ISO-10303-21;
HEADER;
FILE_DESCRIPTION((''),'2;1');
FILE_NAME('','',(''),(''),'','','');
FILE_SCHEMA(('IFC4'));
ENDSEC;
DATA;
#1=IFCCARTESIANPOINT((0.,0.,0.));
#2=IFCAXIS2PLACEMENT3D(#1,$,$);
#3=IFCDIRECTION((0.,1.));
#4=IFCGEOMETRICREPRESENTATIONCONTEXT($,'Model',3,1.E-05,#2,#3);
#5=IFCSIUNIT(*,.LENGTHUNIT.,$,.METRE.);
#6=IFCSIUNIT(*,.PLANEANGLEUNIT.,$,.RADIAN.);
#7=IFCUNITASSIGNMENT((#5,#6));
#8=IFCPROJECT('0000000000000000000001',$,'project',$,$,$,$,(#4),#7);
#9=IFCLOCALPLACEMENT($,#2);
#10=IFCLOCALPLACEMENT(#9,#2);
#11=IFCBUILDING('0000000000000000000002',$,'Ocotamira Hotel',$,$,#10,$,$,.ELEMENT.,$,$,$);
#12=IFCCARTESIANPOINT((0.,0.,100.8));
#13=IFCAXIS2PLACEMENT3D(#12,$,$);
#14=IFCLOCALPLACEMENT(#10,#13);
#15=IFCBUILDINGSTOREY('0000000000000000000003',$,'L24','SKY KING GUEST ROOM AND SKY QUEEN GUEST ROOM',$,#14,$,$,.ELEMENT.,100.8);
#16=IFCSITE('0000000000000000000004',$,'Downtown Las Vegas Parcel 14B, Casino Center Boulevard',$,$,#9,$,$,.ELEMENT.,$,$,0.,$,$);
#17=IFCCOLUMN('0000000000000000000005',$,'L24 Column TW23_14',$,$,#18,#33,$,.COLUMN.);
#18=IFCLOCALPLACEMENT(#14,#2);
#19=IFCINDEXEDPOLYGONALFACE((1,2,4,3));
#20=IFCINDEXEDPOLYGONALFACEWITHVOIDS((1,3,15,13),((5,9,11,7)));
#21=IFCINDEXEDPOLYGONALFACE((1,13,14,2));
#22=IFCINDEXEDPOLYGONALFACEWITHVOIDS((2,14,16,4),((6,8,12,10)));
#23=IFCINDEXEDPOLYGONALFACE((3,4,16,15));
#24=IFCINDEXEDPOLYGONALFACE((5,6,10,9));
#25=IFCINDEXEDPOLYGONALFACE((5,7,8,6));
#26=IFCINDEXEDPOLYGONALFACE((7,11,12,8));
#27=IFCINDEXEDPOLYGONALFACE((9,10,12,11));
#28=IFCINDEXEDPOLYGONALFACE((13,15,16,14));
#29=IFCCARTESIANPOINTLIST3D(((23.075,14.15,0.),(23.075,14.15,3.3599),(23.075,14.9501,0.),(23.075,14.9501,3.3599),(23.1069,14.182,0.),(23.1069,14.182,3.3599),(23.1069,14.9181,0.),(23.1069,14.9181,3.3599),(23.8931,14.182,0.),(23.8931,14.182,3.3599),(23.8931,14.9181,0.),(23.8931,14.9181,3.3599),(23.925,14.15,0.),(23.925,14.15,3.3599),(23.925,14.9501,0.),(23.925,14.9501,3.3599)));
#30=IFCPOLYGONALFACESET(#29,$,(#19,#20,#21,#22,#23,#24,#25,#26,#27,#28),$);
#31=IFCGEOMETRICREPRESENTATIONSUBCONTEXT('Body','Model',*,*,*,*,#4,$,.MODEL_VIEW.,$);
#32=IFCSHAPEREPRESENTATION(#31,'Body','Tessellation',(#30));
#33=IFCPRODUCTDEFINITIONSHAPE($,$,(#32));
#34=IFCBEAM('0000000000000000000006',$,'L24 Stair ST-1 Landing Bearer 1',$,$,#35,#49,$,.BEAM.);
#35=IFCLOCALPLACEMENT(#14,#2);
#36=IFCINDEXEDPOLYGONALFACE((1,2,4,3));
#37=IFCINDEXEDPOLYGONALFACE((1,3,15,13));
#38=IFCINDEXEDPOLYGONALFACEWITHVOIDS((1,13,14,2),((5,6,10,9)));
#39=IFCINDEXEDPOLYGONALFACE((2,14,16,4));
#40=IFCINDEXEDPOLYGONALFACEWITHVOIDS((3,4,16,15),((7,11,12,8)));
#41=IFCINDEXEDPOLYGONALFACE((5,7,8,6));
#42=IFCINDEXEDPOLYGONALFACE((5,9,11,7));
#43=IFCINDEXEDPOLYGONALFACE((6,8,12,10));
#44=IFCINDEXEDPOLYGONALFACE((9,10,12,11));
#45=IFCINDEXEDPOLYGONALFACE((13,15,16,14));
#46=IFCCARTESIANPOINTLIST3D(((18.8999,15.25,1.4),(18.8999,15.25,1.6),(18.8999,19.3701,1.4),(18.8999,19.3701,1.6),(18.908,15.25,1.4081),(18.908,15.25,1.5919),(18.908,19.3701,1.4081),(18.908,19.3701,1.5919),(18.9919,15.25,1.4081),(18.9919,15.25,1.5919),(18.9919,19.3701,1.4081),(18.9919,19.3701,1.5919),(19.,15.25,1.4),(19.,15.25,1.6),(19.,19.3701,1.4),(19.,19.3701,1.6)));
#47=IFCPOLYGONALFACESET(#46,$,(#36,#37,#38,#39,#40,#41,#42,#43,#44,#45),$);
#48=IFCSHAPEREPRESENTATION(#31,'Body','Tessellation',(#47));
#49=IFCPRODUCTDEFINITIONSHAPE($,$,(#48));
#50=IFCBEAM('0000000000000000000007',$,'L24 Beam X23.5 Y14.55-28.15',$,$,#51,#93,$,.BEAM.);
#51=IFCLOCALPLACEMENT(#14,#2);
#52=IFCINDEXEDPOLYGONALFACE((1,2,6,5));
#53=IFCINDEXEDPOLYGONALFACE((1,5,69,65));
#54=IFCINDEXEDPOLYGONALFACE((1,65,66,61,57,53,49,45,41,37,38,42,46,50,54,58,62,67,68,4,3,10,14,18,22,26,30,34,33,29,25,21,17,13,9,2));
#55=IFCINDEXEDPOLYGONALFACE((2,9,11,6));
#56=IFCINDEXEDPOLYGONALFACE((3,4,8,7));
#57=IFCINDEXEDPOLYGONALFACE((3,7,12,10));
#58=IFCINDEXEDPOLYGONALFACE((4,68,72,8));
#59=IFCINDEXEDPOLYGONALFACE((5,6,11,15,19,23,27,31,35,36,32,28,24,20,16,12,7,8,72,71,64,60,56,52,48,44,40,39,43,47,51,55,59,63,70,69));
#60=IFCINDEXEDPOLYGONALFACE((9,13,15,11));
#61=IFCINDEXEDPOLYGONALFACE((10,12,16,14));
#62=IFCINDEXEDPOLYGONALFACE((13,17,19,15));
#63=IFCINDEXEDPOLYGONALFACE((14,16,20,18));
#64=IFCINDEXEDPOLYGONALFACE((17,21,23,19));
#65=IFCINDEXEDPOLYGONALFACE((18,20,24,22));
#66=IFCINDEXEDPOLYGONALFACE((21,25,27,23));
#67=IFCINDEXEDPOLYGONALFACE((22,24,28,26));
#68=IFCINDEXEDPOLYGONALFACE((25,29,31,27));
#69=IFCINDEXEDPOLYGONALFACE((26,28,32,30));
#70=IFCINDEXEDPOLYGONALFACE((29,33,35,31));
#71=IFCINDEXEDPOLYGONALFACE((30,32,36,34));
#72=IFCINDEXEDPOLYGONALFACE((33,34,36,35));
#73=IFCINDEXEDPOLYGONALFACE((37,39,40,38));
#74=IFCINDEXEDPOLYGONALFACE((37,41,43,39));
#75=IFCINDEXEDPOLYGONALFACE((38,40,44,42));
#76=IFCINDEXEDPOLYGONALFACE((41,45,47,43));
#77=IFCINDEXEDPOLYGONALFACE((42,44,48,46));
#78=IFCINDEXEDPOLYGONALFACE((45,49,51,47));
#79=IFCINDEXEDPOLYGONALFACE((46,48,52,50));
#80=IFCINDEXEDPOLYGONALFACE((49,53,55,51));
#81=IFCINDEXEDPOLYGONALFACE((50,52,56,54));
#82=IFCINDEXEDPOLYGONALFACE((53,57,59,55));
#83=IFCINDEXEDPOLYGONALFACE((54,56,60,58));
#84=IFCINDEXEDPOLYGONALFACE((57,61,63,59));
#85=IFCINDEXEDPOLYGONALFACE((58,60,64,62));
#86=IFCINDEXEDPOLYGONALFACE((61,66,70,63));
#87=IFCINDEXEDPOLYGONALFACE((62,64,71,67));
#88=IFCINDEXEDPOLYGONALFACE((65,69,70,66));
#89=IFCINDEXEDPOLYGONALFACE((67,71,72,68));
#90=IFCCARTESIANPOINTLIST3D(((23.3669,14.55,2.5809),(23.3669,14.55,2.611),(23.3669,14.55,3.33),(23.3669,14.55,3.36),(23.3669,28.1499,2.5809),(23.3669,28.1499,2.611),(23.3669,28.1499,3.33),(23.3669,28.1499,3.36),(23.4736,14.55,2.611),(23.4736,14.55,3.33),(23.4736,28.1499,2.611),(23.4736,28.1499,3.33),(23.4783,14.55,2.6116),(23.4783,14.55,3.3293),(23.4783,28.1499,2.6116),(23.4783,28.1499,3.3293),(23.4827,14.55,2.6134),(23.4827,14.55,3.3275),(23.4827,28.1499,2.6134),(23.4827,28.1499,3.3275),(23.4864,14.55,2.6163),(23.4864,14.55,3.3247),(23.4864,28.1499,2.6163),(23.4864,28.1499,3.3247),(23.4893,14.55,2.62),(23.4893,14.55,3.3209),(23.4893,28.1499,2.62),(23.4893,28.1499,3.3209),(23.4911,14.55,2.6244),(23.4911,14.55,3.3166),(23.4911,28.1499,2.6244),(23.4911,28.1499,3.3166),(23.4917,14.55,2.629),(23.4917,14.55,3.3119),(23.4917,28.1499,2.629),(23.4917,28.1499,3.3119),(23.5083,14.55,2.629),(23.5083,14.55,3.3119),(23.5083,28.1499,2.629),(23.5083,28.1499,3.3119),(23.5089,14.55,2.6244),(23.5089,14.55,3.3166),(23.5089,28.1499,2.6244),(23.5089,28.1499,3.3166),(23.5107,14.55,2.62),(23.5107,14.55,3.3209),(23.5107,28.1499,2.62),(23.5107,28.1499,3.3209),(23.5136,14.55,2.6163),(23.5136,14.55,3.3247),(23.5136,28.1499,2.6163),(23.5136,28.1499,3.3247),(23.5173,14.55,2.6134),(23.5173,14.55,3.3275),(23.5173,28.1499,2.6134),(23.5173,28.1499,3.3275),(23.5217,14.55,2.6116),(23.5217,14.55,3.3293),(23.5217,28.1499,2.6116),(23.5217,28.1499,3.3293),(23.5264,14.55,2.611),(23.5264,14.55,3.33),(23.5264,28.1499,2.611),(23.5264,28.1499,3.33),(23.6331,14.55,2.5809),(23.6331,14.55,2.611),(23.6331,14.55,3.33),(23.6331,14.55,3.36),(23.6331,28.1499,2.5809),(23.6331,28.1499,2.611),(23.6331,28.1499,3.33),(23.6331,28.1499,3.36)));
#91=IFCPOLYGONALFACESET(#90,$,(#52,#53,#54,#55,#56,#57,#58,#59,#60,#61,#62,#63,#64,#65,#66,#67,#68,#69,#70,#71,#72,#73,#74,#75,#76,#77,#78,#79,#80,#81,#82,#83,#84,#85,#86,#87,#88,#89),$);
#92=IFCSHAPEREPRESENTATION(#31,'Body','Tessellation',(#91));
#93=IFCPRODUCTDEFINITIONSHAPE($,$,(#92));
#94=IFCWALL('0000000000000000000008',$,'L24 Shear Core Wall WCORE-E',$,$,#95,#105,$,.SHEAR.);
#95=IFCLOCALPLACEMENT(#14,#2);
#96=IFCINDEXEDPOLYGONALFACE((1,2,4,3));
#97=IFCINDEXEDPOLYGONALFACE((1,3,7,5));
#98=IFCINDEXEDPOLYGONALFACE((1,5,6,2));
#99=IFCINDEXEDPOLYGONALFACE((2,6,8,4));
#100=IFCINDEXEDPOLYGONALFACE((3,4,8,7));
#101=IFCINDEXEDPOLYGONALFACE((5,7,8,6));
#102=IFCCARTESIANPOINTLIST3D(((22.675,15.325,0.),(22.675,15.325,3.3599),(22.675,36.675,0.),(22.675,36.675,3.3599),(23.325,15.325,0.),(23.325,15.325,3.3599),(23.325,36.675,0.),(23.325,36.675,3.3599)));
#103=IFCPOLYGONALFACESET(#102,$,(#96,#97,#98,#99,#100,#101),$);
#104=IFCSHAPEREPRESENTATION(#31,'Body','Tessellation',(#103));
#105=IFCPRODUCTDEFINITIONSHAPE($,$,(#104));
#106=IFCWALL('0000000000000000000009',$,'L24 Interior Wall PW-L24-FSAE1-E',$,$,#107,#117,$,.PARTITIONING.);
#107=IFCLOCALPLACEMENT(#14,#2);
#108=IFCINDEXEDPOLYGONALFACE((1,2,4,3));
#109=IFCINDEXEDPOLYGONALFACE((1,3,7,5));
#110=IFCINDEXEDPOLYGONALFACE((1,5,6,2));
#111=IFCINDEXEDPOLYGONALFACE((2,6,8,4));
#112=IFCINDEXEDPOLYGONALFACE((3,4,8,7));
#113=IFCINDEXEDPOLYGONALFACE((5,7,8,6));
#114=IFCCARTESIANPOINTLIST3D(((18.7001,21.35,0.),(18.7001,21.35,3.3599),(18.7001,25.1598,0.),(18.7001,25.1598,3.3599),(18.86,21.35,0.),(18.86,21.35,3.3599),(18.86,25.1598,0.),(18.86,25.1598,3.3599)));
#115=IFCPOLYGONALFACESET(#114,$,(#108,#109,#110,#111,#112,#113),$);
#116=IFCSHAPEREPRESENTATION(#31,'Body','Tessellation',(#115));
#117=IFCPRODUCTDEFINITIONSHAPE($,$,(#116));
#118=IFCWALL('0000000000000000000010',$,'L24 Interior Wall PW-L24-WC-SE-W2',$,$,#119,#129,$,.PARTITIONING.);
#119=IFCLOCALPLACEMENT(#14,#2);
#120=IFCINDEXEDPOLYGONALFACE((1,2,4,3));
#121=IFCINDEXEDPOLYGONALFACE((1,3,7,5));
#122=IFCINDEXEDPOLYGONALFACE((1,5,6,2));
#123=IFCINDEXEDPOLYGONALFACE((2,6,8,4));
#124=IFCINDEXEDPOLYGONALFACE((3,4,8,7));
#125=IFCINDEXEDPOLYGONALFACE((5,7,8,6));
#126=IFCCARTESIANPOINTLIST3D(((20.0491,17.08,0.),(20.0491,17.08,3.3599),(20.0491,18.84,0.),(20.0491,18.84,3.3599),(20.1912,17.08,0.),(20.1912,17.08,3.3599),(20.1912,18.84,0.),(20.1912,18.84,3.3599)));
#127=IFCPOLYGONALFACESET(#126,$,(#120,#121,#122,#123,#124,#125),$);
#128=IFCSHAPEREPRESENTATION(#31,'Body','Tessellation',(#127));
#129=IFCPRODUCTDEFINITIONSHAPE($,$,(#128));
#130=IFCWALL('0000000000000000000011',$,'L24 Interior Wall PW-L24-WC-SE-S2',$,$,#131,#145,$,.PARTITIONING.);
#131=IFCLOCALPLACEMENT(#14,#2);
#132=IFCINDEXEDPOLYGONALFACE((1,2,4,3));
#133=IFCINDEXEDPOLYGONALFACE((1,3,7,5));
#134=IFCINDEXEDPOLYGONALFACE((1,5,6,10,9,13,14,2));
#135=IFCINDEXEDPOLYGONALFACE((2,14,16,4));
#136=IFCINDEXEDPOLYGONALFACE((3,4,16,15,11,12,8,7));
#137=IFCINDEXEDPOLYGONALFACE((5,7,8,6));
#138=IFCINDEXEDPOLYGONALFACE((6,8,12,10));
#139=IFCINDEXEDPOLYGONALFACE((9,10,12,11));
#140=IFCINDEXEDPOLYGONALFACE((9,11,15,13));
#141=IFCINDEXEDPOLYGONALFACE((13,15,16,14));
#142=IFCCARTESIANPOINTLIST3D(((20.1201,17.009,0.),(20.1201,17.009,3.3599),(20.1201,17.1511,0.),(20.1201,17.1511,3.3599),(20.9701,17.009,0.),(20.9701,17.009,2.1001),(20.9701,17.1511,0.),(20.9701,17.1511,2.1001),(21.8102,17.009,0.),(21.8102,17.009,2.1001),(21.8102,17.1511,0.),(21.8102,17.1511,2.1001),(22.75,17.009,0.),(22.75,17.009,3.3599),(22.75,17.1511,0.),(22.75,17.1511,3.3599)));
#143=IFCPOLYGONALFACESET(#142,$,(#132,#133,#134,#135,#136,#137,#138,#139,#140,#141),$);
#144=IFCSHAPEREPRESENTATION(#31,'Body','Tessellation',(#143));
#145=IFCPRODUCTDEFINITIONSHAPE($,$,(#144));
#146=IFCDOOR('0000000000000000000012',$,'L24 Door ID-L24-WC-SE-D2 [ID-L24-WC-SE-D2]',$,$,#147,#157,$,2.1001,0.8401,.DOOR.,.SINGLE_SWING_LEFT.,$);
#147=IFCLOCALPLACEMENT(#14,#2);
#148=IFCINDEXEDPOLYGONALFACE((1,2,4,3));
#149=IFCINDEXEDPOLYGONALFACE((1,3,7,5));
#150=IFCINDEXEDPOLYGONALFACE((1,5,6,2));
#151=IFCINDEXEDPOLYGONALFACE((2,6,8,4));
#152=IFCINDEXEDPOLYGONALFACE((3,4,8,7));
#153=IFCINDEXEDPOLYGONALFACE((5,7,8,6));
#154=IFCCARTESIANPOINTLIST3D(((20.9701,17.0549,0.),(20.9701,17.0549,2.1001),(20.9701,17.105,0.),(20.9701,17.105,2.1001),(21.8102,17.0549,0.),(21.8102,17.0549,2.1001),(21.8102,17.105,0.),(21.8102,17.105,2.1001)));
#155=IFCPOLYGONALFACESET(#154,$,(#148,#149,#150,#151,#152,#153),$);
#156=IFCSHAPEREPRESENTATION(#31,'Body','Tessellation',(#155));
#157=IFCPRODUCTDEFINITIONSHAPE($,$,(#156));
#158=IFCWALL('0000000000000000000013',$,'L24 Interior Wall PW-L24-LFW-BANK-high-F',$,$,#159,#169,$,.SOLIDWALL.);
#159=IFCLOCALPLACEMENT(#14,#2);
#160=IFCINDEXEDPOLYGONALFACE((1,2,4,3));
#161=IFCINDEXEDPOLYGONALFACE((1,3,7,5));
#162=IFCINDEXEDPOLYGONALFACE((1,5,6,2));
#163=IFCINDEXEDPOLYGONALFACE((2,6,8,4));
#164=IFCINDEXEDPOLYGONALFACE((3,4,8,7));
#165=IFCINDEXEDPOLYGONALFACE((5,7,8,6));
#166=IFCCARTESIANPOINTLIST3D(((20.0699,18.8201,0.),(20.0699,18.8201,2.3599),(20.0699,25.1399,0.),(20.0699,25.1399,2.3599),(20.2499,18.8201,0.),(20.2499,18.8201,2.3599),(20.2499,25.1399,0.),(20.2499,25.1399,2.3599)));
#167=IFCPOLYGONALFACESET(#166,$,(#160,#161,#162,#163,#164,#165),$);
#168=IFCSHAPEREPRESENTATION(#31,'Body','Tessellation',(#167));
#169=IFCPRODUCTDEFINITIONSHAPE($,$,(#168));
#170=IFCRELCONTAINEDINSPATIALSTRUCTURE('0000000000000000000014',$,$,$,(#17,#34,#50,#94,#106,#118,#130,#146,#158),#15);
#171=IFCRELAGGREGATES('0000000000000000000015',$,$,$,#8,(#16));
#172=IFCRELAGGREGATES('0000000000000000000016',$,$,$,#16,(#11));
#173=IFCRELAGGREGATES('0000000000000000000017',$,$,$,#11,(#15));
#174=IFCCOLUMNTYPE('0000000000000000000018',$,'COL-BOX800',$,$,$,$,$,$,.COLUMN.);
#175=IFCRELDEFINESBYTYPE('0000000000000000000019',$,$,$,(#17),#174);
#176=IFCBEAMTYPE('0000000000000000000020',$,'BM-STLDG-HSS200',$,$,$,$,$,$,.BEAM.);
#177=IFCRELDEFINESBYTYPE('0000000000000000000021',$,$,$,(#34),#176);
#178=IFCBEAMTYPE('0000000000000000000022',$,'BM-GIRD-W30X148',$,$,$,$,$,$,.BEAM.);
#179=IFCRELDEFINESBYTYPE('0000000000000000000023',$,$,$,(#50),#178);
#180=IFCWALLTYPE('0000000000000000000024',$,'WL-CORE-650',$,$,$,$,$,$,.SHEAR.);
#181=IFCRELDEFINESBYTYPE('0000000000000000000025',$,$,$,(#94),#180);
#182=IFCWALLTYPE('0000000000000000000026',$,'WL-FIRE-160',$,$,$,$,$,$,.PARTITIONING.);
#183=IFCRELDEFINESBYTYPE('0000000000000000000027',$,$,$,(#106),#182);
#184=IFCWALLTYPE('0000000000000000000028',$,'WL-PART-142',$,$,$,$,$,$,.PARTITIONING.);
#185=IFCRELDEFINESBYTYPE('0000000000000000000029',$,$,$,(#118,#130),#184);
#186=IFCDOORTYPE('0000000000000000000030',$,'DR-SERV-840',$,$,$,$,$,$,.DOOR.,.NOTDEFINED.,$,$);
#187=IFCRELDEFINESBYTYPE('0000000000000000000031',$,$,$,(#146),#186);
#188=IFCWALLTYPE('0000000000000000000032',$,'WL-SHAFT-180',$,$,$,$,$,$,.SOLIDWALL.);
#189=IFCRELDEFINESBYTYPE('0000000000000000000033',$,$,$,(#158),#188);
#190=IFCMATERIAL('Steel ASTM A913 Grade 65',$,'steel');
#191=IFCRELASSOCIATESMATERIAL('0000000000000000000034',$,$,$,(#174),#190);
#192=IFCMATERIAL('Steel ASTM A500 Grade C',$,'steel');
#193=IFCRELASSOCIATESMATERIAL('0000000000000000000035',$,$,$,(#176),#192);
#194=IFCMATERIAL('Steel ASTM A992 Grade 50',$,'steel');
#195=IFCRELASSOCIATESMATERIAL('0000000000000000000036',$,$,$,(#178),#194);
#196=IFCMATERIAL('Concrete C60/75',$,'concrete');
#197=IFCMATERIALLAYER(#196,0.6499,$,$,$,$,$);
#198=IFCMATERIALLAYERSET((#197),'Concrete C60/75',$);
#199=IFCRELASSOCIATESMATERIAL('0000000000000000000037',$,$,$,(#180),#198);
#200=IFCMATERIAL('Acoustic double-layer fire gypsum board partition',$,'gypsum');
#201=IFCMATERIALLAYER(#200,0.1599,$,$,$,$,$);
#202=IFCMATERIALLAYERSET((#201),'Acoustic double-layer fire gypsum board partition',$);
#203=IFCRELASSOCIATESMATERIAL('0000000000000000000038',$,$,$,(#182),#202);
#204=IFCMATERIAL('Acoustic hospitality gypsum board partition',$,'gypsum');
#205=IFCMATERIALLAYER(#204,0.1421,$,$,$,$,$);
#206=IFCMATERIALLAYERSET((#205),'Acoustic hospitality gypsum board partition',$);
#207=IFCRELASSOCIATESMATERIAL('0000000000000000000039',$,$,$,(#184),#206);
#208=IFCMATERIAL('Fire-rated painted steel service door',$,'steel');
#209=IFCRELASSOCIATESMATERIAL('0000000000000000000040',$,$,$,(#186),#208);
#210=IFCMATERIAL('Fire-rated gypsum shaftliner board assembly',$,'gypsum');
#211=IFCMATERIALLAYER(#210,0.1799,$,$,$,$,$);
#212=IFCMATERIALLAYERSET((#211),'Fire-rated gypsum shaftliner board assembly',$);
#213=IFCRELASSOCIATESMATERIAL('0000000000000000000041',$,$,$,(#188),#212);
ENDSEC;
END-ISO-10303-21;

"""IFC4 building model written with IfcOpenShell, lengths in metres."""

from ifc_helpers import new_model, si_unit, direction, frame, frame_2d, origin, origin_2d, place, context, subcontext, project, spatial, rectangle, hollow_rectangle, i_section, extrude, source, transform, mapped, material, layer, layer_set, material_profile, profile_set, type_object, element, fill, save


model = new_model("IFC4")

# Units and contexts
model_context = context("Model", 3, precision=1e-05, world=origin(), true_north=direction((0.0, 1.0)))
body_context = subcontext(model_context, "Body", "Model", "MODEL_VIEW")
ifc_project = project(units=[si_unit("LENGTHUNIT", "METRE"), si_unit("PLANEANGLEUNIT", "RADIAN")], contexts=[model_context])

# Site, building, storey
site_placement = place(None, origin())
site = spatial("IfcSite", under=ifc_project, at=site_placement, Name="Downtown Las Vegas Parcel 14B, Casino Center Boulevard", CompositionType="ELEMENT", RefElevation=0.0)
building_placement = place(site_placement, origin())
building = spatial("IfcBuilding", under=site, at=building_placement, Name="Ocotamira Hotel", CompositionType="ELEMENT")
storey_placement = place(building_placement, frame((0.0, 0.0, 100.8)))
storey = spatial("IfcBuildingStorey", under=building, at=storey_placement, Name="L24", Description="SKY KING GUEST ROOM AND SKY QUEEN GUEST ROOM", CompositionType="ELEMENT", Elevation=100.8)

# Column
ifc_material_1 = material(Name="Steel ASTM A913 Grade 65", Category="steel")
ifc_material_profile_1 = material_profile(ifc_material_1, hollow_rectangle(XDim=0.8501, YDim=0.8, WallThickness=0.032, at=origin_2d()), Name="BOX800X850X32")
ifc_profile_set_1 = profile_set([ifc_material_profile_1], Name="Steel ASTM A913 Grade 65")
column_type = type_object("IfcColumnType", Name="COL-BOX800", PredefinedType="COLUMN", material=ifc_profile_set_1)
shared_shape_1 = source(origin(), body_context, "Body", "SweptSolid", [
    extrude(hollow_rectangle(XDim=0.8501, YDim=0.8, WallThickness=0.032, at=origin_2d()), origin(), (0.0, 0.0, 1.0), 3.3599),
])
column_placement = place(storey_placement, frame((23.5, 14.55, 0.0), z_axis=(0.0, 0.0, 1.0), x_axis=(1.0, 0.0, 0.0)))
element("IfcColumn", 1, at=column_placement, inside=storey, type_object=column_type, Name="L24 Column TW23_14", PredefinedType="COLUMN", context=body_context, shape_type="MappedRepresentation", body=[
    mapped(shared_shape_1, transform((0.0, 0.0, 0.0), scale=1.0)),
])

# Beams
ifc_material_2 = material(Name="Steel ASTM A500 Grade C", Category="steel")
ifc_material_profile_2 = material_profile(ifc_material_2, hollow_rectangle(XDim=0.1001, YDim=0.2, WallThickness=0.0081, at=origin_2d()), Name="HSS200X100X8")
ifc_profile_set_2 = profile_set([ifc_material_profile_2], Name="Steel ASTM A500 Grade C")
beam_type_1 = type_object("IfcBeamType", Name="BM-STLDG-HSS200", PredefinedType="BEAM", material=ifc_profile_set_2)
shared_shape_2 = source(origin(), body_context, "Body", "SweptSolid", [
    extrude(hollow_rectangle(XDim=0.1001, YDim=0.2, WallThickness=0.0081, at=origin_2d()), origin(), (0.0, 0.0, 1.0), 4.1201),
])
beam_1_placement = place(storey_placement, frame((18.95, 15.25, 1.5), z_axis=(0.0, 1.0, 0.0), x_axis=(-1.0, 0.0, 0.0)))
element("IfcBeam", 2, at=beam_1_placement, inside=storey, type_object=beam_type_1, Name="L24 Stair ST-1 Landing Bearer 1", PredefinedType="BEAM", context=body_context, shape_type="MappedRepresentation", body=[
    mapped(shared_shape_2, transform((0.0, 0.0, 0.0), scale=1.0)),
])
ifc_material_3 = material(Name="Steel ASTM A992 Grade 50", Category="steel")
ifc_material_profile_3 = material_profile(ifc_material_3, i_section(OverallWidth=0.2661, OverallDepth=0.7791, WebThickness=0.0166, FlangeThickness=0.03, FilletRadius=0.0181, at=origin_2d()), Name="W30X148")
ifc_profile_set_3 = profile_set([ifc_material_profile_3], Name="Steel ASTM A992 Grade 50")
beam_type_2 = type_object("IfcBeamType", Name="BM-GIRD-W30X148", PredefinedType="BEAM", material=ifc_profile_set_3)
shared_shape_3 = source(origin(), body_context, "Body", "SweptSolid", [
    extrude(i_section(OverallWidth=0.2661, OverallDepth=0.7791, WebThickness=0.0166, FlangeThickness=0.03, FilletRadius=0.0181, at=origin_2d()), origin(), (0.0, 0.0, 1.0), 13.5999),
])
beam_2_placement = place(storey_placement, frame((23.5, 14.55, 2.9705), z_axis=(0.0, 1.0, 0.0), x_axis=(-1.0, 0.0, 0.0)))
element("IfcBeam", 3, at=beam_2_placement, inside=storey, type_object=beam_type_2, Name="L24 Beam X23.5 Y14.55-28.15", PredefinedType="BEAM", context=body_context, shape_type="MappedRepresentation", body=[
    mapped(shared_shape_3, transform((0.0, 0.0, 0.0), scale=1.0)),
])

# Wall
ifc_material_4 = material(Name="Concrete C60/75", Category="concrete")
ifc_layer_1 = layer(ifc_material_4, 0.6499)
ifc_layer_set_1 = layer_set([ifc_layer_1], Name="Concrete C60/75")
wall_type_1 = type_object("IfcWallType", Name="WL-CORE-650", PredefinedType="SHEAR", material=ifc_layer_set_1)
wall_1_placement = place(storey_placement, frame((23.0, 15.325, 0.0), z_axis=(0.0, 0.0, 1.0), x_axis=(0.0, 1.0, 0.0)))
element("IfcWall", 4, at=wall_1_placement, inside=storey, type_object=wall_type_1, Name="L24 Shear Core Wall WCORE-E", PredefinedType="SHEAR", context=body_context, shape_type="SweptSolid", body=[
    extrude(rectangle(XDim=21.3501, YDim=0.6499, at=frame_2d((10.675, 0.0))), origin(), (0.0, 0.0, 1.0), 3.3599),
])

# Shared definitions
ifc_material_5 = material(Name="Acoustic double-layer fire gypsum board partition", Category="gypsum")
ifc_layer_2 = layer(ifc_material_5, 0.1599)
ifc_layer_set_2 = layer_set([ifc_layer_2], Name="Acoustic double-layer fire gypsum board partition")
wall_type_2 = type_object("IfcWallType", Name="WL-FIRE-160", PredefinedType="PARTITIONING", material=ifc_layer_set_2)

# Walls
wall_2_placement = place(storey_placement, frame((18.78, 21.3501, 0.0), z_axis=(0.0, 0.0, 1.0), x_axis=(0.0, 1.0, 0.0)))
element("IfcWall", 5, at=wall_2_placement, inside=storey, type_object=wall_type_2, Name="L24 Interior Wall PW-L24-FSAE1-E", PredefinedType="PARTITIONING", context=body_context, shape_type="SweptSolid", body=[
    extrude(rectangle(XDim=3.8098, YDim=0.1599, at=frame_2d((1.9048, 0.0))), origin(), (0.0, 0.0, 1.0), 3.3599),
])
ifc_material_6 = material(Name="Acoustic hospitality gypsum board partition", Category="gypsum")
ifc_layer_3 = layer(ifc_material_6, 0.1421)
ifc_layer_set_3 = layer_set([ifc_layer_3], Name="Acoustic hospitality gypsum board partition")
wall_type_3 = type_object("IfcWallType", Name="WL-PART-142", PredefinedType="PARTITIONING", material=ifc_layer_set_3)
wall_3_placement = place(storey_placement, frame((20.1201, 17.0801, 0.0), z_axis=(0.0, 0.0, 1.0), x_axis=(0.0, 1.0, 0.0)))
element("IfcWall", 6, at=wall_3_placement, inside=storey, type_object=wall_type_3, Name="L24 Interior Wall PW-L24-WC-SE-W2", PredefinedType="PARTITIONING", context=body_context, shape_type="SweptSolid", body=[
    extrude(rectangle(XDim=1.76, YDim=0.1421, at=frame_2d((0.8799, 0.0))), origin(), (0.0, 0.0, 1.0), 3.3599),
])

# Wall, opening, door
wall_4_placement = place(storey_placement, frame((20.1201, 17.0801, 0.0), z_axis=(0.0, 0.0, 1.0), x_axis=(1.0, 0.0, 0.0)))
wall_4 = element("IfcWall", 7, at=wall_4_placement, inside=storey, type_object=wall_type_3, Name="L24 Interior Wall PW-L24-WC-SE-S2", PredefinedType="PARTITIONING", context=body_context, shape_type="SweptSolid", body=[
    extrude(rectangle(XDim=2.6299, YDim=0.1421, at=frame_2d((1.3149, 0.0))), origin(), (0.0, 0.0, 1.0), 3.3599),
])
opening_1_placement = place(wall_4_placement, frame((0.8501, 0.0, 0.0)))
opening_1 = element("IfcOpeningElement", 8, at=opening_1_placement, cuts=wall_4, PredefinedType="OPENING", context=body_context, shape_type="SweptSolid", body=[
    extrude(rectangle(XDim=0.8401, YDim=2.1001, at=frame_2d((0.4199, 1.05))), frame((0.0, 0.0811, 0.0), z_axis=(0.0, -1.0, 0.0), x_axis=(1.0, 0.0, 0.0)), (0.0, 0.0, 1.0), 0.1621),
])
ifc_material_7 = material(Name="Fire-rated painted steel service door", Category="steel")
door_type_1 = type_object("IfcDoorType", Name="DR-SERV-840", OperationType="NOTDEFINED", PredefinedType="DOOR", material=ifc_material_7)
shared_shape_4 = source(origin(), body_context, "Body", "SweptSolid", [
    extrude(rectangle(XDim=0.8401, YDim=2.1001, at=frame_2d((0.4199, 1.05))), frame((0.0, 0.0249, 0.0), z_axis=(0.0, -1.0, 0.0), x_axis=(1.0, 0.0, 0.0)), (0.0, 0.0, 1.0), 0.05),
])
door_1_placement = place(opening_1_placement, origin())
door_1 = element("IfcDoor", 9, at=door_1_placement, inside=storey, type_object=door_type_1, Name="L24 Door ID-L24-WC-SE-D2 [ID-L24-WC-SE-D2]", OperationType="SINGLE_SWING_LEFT", OverallHeight=2.1001, OverallWidth=0.8401, PredefinedType="DOOR", context=body_context, shape_type="MappedRepresentation", body=[
    mapped(shared_shape_4, transform((0.0, 0.0, 0.0), scale=1.0)),
])
fill(opening_1, door_1)

# Wall
ifc_material_8 = material(Name="Fire-rated gypsum shaftliner board assembly", Category="gypsum")
ifc_layer_4 = layer(ifc_material_8, 0.1799)
ifc_layer_set_4 = layer_set([ifc_layer_4], Name="Fire-rated gypsum shaftliner board assembly")
wall_type_4 = type_object("IfcWallType", Name="WL-SHAFT-180", PredefinedType="SOLIDWALL", material=ifc_layer_set_4)
wall_5_placement = place(storey_placement, frame((20.1599, 18.8201, 0.0), z_axis=(0.0, 0.0, 1.0), x_axis=(0.0, 1.0, 0.0)))
element("IfcWall", 10, at=wall_5_placement, inside=storey, type_object=wall_type_4, Name="L24 Interior Wall PW-L24-LFW-BANK-high-F", PredefinedType="SOLIDWALL", context=body_context, shape_type="SweptSolid", body=[
    extrude(rectangle(XDim=6.3198, YDim=0.1799, at=frame_2d((3.1599, 0.0))), origin(), (0.0, 0.0, 1.0), 2.3599),
])

save(model, "model.ifc")
